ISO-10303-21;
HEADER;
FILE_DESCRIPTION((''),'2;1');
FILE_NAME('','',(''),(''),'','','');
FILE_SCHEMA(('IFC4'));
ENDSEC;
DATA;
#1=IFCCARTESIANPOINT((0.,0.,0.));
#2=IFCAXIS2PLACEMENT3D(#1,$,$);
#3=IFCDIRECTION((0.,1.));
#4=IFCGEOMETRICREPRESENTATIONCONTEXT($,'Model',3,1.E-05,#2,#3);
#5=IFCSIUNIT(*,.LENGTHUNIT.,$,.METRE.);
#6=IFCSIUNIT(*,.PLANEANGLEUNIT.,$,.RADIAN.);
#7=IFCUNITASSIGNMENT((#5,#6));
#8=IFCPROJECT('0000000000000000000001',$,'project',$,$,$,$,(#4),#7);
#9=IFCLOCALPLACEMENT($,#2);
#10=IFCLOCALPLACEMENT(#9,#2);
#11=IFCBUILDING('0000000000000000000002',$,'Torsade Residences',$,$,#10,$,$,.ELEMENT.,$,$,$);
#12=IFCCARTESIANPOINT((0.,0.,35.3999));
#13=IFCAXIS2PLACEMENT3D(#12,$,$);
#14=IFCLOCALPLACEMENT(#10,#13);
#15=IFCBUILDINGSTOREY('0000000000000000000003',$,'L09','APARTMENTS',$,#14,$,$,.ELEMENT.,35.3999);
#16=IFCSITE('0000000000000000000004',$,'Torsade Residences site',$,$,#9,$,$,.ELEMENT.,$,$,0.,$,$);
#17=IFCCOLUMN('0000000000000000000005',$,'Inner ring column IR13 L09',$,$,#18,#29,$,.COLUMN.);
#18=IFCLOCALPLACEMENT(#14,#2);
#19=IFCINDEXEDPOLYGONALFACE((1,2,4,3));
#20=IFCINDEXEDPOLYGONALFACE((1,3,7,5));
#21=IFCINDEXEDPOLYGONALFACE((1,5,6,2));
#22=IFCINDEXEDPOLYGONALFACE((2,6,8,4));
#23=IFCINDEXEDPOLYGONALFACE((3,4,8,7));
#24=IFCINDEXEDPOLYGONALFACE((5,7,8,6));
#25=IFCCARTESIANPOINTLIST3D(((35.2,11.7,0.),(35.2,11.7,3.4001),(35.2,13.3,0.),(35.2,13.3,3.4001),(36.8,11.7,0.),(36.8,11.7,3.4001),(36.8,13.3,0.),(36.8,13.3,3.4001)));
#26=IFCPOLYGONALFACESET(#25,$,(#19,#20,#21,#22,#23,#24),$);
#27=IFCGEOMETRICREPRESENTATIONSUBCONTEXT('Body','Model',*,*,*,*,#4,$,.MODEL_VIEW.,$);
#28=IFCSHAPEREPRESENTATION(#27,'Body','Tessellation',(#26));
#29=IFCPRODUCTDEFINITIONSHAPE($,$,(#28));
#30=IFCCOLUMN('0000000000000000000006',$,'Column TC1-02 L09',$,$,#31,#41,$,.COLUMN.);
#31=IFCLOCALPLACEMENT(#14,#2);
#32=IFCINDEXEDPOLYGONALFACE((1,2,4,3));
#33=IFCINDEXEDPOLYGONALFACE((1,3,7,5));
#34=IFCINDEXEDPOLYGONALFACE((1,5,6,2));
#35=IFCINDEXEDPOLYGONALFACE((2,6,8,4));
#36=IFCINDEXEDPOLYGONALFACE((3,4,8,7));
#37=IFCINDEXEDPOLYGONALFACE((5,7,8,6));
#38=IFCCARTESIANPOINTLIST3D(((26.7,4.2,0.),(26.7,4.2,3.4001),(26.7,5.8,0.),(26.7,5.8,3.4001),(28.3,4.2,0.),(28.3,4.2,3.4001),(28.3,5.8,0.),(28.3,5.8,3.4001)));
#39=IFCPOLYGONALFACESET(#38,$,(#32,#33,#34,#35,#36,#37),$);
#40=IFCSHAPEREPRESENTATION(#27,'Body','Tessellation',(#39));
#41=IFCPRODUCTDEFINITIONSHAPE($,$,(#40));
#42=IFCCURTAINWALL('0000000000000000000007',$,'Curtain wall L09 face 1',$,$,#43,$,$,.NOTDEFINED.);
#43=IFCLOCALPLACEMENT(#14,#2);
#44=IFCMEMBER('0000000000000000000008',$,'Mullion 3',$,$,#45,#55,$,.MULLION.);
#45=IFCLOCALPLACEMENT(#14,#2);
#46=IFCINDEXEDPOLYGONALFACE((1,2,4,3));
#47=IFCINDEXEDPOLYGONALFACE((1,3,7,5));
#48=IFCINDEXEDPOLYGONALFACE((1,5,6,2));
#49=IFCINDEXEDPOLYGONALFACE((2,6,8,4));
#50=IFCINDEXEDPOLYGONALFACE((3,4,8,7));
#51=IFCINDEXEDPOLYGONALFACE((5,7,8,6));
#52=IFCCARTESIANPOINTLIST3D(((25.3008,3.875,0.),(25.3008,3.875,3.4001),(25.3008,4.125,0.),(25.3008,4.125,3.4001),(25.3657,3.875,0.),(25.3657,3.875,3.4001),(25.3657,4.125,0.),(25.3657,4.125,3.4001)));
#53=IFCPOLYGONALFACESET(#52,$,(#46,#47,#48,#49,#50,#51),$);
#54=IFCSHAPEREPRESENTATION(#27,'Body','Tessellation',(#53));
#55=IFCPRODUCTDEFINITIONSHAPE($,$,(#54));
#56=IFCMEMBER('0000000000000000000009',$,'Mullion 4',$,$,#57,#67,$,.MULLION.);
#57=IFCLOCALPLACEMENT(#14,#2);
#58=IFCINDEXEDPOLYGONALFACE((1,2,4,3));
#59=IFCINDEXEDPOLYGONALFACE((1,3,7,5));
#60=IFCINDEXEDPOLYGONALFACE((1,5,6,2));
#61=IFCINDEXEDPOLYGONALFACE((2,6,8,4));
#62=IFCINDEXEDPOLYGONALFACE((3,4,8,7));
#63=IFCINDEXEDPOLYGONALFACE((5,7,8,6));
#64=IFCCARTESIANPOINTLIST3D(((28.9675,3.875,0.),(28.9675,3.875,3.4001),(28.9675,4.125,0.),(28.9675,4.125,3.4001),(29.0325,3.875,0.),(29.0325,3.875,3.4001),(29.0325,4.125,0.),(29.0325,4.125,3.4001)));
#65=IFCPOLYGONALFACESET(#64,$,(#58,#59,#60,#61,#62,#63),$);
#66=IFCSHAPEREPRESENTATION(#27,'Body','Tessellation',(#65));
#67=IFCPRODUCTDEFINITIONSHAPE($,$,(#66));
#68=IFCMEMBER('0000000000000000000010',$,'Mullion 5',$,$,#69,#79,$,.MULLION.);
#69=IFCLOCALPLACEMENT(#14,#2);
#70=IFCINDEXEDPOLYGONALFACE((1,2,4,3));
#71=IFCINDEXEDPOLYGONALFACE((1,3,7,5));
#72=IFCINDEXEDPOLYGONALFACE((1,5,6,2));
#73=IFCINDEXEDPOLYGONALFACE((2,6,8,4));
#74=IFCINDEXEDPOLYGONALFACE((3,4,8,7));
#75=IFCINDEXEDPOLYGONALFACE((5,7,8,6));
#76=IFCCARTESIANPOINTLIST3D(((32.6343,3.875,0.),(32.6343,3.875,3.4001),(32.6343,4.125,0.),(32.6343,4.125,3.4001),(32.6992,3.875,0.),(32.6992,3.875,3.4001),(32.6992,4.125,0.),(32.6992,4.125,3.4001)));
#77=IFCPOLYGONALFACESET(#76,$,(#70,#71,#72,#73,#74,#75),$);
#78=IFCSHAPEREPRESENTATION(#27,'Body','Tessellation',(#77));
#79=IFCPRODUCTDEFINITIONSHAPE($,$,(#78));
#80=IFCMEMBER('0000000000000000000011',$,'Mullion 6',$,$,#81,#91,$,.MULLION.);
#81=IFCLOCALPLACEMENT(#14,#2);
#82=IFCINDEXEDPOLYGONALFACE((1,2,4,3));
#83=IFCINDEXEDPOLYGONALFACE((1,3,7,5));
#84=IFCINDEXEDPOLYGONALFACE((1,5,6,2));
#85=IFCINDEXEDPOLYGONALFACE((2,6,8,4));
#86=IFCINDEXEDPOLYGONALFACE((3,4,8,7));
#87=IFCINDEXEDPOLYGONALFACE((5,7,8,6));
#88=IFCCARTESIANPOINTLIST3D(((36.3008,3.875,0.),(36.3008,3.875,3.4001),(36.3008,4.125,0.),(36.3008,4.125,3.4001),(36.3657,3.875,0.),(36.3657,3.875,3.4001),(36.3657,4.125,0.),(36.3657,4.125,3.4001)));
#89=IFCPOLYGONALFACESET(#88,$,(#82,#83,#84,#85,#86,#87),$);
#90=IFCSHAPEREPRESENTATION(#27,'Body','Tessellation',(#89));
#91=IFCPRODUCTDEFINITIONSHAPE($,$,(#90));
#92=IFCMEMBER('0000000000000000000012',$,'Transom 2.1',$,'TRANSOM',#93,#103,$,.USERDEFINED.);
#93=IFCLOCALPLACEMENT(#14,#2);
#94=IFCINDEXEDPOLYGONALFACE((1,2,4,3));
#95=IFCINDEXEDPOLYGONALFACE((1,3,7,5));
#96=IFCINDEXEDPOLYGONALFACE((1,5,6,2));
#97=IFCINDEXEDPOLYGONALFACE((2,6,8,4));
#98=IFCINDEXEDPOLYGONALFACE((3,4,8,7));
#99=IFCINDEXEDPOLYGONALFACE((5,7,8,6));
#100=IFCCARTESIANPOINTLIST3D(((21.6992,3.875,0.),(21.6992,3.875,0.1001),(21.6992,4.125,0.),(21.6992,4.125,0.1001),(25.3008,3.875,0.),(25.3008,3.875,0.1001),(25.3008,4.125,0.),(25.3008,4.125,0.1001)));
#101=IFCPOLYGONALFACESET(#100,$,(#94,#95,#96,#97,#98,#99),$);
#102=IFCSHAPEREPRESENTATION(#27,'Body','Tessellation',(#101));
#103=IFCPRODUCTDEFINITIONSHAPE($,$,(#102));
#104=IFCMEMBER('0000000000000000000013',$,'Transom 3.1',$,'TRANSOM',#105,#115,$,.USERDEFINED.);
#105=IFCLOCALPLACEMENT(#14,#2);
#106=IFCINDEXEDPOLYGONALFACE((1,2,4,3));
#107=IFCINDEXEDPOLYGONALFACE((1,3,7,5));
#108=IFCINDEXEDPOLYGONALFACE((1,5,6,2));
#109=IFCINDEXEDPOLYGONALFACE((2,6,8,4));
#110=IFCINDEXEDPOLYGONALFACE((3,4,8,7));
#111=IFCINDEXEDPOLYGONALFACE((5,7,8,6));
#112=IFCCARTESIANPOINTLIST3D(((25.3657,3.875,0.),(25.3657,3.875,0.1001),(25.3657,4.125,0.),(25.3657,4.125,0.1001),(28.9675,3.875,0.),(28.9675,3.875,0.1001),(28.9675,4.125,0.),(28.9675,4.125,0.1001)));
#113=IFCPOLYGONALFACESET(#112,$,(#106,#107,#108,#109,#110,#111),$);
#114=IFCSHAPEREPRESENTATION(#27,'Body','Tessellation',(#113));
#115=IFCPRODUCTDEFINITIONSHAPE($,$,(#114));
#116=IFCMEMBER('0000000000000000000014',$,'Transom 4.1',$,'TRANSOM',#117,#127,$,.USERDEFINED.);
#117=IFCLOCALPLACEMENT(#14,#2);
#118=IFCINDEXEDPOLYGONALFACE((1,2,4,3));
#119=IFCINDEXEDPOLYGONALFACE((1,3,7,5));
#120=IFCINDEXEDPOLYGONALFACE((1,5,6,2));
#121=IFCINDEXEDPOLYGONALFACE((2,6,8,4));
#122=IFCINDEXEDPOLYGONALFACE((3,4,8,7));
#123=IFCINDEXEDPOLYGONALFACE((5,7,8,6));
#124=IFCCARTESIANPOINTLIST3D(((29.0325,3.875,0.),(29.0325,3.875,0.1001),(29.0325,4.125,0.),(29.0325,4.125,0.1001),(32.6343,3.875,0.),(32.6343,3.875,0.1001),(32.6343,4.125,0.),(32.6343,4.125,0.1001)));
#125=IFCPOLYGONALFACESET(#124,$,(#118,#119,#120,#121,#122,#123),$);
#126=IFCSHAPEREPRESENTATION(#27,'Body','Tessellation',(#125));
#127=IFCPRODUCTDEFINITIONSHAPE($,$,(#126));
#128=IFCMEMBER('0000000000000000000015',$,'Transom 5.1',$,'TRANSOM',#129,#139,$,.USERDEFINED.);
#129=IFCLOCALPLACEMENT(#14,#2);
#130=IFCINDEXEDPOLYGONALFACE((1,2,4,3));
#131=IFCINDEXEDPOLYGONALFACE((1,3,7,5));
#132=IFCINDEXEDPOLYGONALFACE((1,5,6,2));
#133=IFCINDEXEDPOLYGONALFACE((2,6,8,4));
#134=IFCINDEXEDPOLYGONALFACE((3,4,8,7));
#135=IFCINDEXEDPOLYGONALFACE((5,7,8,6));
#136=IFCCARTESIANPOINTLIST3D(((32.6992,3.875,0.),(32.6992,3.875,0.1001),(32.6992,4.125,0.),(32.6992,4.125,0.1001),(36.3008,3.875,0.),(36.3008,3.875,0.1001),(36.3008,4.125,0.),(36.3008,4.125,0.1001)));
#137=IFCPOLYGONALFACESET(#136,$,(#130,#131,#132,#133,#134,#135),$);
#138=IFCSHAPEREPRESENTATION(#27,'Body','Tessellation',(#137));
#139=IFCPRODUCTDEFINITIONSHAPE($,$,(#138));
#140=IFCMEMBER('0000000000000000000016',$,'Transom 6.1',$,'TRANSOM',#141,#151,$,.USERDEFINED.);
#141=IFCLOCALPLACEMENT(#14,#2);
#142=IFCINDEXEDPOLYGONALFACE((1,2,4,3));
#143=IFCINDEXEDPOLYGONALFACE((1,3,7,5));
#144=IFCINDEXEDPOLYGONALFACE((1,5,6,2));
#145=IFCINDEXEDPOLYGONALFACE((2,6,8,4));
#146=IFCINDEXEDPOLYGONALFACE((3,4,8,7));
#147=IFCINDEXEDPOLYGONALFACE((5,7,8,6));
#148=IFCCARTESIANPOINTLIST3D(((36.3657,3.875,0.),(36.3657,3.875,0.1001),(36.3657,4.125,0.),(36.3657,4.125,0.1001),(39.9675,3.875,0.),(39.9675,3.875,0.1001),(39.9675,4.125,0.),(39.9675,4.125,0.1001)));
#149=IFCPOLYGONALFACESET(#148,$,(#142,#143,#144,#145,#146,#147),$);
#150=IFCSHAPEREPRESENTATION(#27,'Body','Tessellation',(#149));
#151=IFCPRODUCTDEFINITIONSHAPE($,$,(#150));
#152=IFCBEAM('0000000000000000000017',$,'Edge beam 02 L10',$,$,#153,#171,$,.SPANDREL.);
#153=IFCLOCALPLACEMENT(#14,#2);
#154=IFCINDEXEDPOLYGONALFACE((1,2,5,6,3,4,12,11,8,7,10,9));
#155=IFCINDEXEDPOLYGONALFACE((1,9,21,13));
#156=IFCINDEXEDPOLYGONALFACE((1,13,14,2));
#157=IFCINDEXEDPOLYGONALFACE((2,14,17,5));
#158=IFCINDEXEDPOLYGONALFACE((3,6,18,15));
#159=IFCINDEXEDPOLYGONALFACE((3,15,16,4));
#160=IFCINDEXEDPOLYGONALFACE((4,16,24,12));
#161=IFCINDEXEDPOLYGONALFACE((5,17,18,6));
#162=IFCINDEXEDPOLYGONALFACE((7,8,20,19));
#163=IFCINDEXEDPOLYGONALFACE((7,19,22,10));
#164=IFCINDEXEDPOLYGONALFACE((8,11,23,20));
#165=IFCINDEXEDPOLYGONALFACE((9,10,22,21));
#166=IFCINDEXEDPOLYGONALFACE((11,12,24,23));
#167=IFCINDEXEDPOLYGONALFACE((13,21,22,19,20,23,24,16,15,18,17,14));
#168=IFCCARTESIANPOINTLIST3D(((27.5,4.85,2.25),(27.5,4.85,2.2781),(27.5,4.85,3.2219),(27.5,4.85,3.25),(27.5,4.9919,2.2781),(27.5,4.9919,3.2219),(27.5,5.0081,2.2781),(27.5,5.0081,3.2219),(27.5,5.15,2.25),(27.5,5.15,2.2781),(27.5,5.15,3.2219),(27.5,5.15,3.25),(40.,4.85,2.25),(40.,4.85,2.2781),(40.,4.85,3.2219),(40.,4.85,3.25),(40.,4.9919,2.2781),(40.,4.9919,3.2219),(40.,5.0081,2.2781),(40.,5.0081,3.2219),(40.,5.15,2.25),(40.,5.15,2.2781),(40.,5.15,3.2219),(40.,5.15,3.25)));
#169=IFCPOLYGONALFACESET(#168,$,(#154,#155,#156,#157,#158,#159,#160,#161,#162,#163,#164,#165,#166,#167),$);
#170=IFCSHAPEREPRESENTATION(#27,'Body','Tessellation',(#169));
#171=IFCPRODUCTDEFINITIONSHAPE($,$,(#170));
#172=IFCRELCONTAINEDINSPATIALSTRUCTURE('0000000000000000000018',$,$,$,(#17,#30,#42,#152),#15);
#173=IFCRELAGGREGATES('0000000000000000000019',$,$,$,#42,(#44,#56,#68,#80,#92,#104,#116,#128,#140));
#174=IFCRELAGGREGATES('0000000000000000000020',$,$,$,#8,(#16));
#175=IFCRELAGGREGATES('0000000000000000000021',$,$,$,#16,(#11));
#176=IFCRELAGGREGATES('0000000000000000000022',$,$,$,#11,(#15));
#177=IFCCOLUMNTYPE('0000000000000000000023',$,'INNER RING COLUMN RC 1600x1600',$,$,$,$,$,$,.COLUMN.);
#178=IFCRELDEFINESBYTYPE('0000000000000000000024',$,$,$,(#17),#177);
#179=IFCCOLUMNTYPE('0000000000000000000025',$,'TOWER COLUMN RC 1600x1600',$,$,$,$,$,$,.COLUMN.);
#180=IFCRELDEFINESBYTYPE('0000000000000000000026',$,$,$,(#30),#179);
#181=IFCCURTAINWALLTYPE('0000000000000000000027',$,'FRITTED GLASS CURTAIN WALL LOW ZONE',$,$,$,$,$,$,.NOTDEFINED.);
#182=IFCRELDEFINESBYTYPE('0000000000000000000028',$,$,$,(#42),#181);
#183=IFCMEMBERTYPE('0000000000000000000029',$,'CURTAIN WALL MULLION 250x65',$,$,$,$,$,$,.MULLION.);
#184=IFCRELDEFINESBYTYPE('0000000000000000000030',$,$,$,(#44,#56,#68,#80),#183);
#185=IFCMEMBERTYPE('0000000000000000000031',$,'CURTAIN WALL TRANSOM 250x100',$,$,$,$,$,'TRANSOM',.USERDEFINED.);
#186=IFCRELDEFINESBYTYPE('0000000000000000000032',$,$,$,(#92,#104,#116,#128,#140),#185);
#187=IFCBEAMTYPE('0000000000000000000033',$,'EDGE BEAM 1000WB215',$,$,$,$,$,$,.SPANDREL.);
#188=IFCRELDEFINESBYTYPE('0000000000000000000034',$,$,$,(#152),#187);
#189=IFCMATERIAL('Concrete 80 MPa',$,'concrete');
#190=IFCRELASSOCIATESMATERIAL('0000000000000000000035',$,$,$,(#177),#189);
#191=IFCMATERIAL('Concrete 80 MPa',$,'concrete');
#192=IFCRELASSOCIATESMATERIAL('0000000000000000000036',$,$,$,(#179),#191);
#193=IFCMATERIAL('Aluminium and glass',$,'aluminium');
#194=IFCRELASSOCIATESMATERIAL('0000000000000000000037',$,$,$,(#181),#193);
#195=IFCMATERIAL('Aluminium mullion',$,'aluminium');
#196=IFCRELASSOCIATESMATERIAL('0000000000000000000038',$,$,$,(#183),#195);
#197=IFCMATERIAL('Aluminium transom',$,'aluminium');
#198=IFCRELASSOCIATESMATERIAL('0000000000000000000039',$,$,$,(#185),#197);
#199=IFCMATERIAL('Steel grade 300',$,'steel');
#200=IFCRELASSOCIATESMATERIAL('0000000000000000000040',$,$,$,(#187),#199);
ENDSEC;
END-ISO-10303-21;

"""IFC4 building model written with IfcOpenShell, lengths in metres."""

from ifc_helpers import new_model, si_unit, direction, frame, origin, origin_2d, place, context, subcontext, project, spatial, rectangle, i_section, extrude, material, material_profile, profile_set, type_object, element, aggregate, save


model = new_model("IFC4")

# Units and contexts
model_context = context("Model", 3, precision=1e-05, world=origin(), true_north=direction((0.0, 1.0)))
body_context = subcontext(model_context, "Body", "Model", "MODEL_VIEW")
ifc_project = project(units=[si_unit("LENGTHUNIT", "METRE"), si_unit("PLANEANGLEUNIT", "RADIAN")], contexts=[model_context])

# Site, building, storey
site_placement = place(None, origin())
site = spatial("IfcSite", under=ifc_project, at=site_placement, Name="Torsade Residences site", CompositionType="ELEMENT", RefElevation=0.0)
building_placement = place(site_placement, origin())
building = spatial("IfcBuilding", under=site, at=building_placement, Name="Torsade Residences", CompositionType="ELEMENT")
storey_placement = place(building_placement, frame((0.0, 0.0, 35.3999)))
storey = spatial("IfcBuildingStorey", under=building, at=storey_placement, Name="L09", Description="APARTMENTS", CompositionType="ELEMENT", Elevation=35.3999)

# Columns
ifc_material_1 = material(Name="Concrete 80 MPa", Category="concrete")
ifc_material_profile_1 = material_profile(ifc_material_1, rectangle(XDim=1.6001, YDim=1.6001, at=origin_2d()), Name="RC 1600x1600")
ifc_profile_set_1 = profile_set([ifc_material_profile_1], Name="Concrete 80 MPa")
column_type_1 = type_object("IfcColumnType", Name="INNER RING COLUMN RC 1600x1600", PredefinedType="COLUMN", material=ifc_profile_set_1)
column_1_placement = place(storey_placement, frame((36.0, 12.5, 0.0), z_axis=(0.0, 0.0, 1.0), x_axis=(1.0, 0.0, 0.0)))
element("IfcColumn", 1, at=column_1_placement, inside=storey, type_object=column_type_1, Name="Inner ring column IR13 L09", PredefinedType="COLUMN", context=body_context, shape_type="SweptSolid", body=[
    extrude(rectangle(XDim=1.6001, YDim=1.6001, at=origin_2d()), origin(), (0.0, 0.0, 1.0), 3.4001),
])
ifc_material_2 = material(Name="Concrete 80 MPa", Category="concrete")
ifc_material_profile_2 = material_profile(ifc_material_2, rectangle(XDim=1.6001, YDim=1.6001, at=origin_2d()), Name="RC 1600x1600")
ifc_profile_set_2 = profile_set([ifc_material_profile_2], Name="Concrete 80 MPa")
column_type_2 = type_object("IfcColumnType", Name="TOWER COLUMN RC 1600x1600", PredefinedType="COLUMN", material=ifc_profile_set_2)
column_2_placement = place(storey_placement, frame((27.5, 5.0, 0.0), z_axis=(0.0, 0.0, 1.0), x_axis=(1.0, 0.0, 0.0)))
element("IfcColumn", 2, at=column_2_placement, inside=storey, type_object=column_type_2, Name="Column TC1-02 L09", PredefinedType="COLUMN", context=body_context, shape_type="SweptSolid", body=[
    extrude(rectangle(XDim=1.6001, YDim=1.6001, at=origin_2d()), origin(), (0.0, 0.0, 1.0), 3.4001),
])

# Curtain wall, members
ifc_material_3 = material(Name="Aluminium and glass", Category="aluminium")
curtain_wall_type = type_object("IfcCurtainWallType", Name="FRITTED GLASS CURTAIN WALL LOW ZONE", PredefinedType="NOTDEFINED", material=ifc_material_3)
curtain_wall_placement = place(storey_placement, origin())
curtain_wall = element("IfcCurtainWall", 3, at=curtain_wall_placement, inside=storey, type_object=curtain_wall_type, Name="Curtain wall L09 face 1", PredefinedType="NOTDEFINED")
ifc_material_4 = material(Name="Aluminium mullion", Category="aluminium")
ifc_material_profile_3 = material_profile(ifc_material_4, rectangle(XDim=0.25, YDim=0.0649, at=origin_2d()), Name="CURTAIN WALL MULLION 250x65")
ifc_profile_set_3 = profile_set([ifc_material_profile_3], Name="Aluminium mullion")
member_type_1 = type_object("IfcMemberType", Name="CURTAIN WALL MULLION 250x65", PredefinedType="MULLION", material=ifc_profile_set_3)
member_1_placement = place(storey_placement, frame((25.3333, 4.0, 0.0), z_axis=(0.0, 0.0, 1.0), x_axis=(0.0, 1.0, 0.0)))
member_1 = element("IfcMember", 4, at=member_1_placement, type_object=member_type_1, Name="Mullion 3", PredefinedType="MULLION", context=body_context, shape_type="SweptSolid", body=[
    extrude(rectangle(XDim=0.25, YDim=0.0649, at=origin_2d()), origin(), (0.0, 0.0, 1.0), 3.4001),
])
member_2_placement = place(storey_placement, frame((29.0, 4.0, 0.0), z_axis=(0.0, 0.0, 1.0), x_axis=(0.0, 1.0, 0.0)))
member_2 = element("IfcMember", 5, at=member_2_placement, type_object=member_type_1, Name="Mullion 4", PredefinedType="MULLION", context=body_context, shape_type="SweptSolid", body=[
    extrude(rectangle(XDim=0.25, YDim=0.0649, at=origin_2d()), origin(), (0.0, 0.0, 1.0), 3.4001),
])
member_3_placement = place(storey_placement, frame((32.6667, 4.0, 0.0), z_axis=(0.0, 0.0, 1.0), x_axis=(0.0, 1.0, 0.0)))
member_3 = element("IfcMember", 6, at=member_3_placement, type_object=member_type_1, Name="Mullion 5", PredefinedType="MULLION", context=body_context, shape_type="SweptSolid", body=[
    extrude(rectangle(XDim=0.25, YDim=0.0649, at=origin_2d()), origin(), (0.0, 0.0, 1.0), 3.4001),
])
member_4_placement = place(storey_placement, frame((36.3333, 4.0, 0.0), z_axis=(0.0, 0.0, 1.0), x_axis=(0.0, 1.0, 0.0)))
member_4 = element("IfcMember", 7, at=member_4_placement, type_object=member_type_1, Name="Mullion 6", PredefinedType="MULLION", context=body_context, shape_type="SweptSolid", body=[
    extrude(rectangle(XDim=0.25, YDim=0.0649, at=origin_2d()), origin(), (0.0, 0.0, 1.0), 3.4001),
])
ifc_material_5 = material(Name="Aluminium transom", Category="aluminium")
ifc_material_profile_4 = material_profile(ifc_material_5, rectangle(XDim=0.25, YDim=0.1001, at=origin_2d()), Name="CURTAIN WALL TRANSOM 250x100")
ifc_profile_set_4 = profile_set([ifc_material_profile_4], Name="Aluminium transom")
member_type_2 = type_object("IfcMemberType", Name="CURTAIN WALL TRANSOM 250x100", ElementType="TRANSOM", PredefinedType="USERDEFINED", material=ifc_profile_set_4)
member_5_placement = place(storey_placement, frame((21.6992, 4.0, 0.05), z_axis=(1.0, 0.0, 0.0), x_axis=(0.0, 1.0, 0.0)))
member_5 = element("IfcMember", 8, at=member_5_placement, type_object=member_type_2, Name="Transom 2.1", ObjectType="TRANSOM", PredefinedType="USERDEFINED", context=body_context, shape_type="SweptSolid", body=[
    extrude(rectangle(XDim=0.25, YDim=0.1001, at=origin_2d()), origin(), (0.0, 0.0, 1.0), 3.6016),
])
member_6_placement = place(storey_placement, frame((25.3657, 4.0, 0.05), z_axis=(1.0, 0.0, 0.0), x_axis=(0.0, 1.0, 0.0)))
member_6 = element("IfcMember", 9, at=member_6_placement, type_object=member_type_2, Name="Transom 3.1", ObjectType="TRANSOM", PredefinedType="USERDEFINED", context=body_context, shape_type="SweptSolid", body=[
    extrude(rectangle(XDim=0.25, YDim=0.1001, at=origin_2d()), origin(), (0.0, 0.0, 1.0), 3.6018),
])
member_7_placement = place(storey_placement, frame((29.0325, 4.0, 0.05), z_axis=(1.0, 0.0, 0.0), x_axis=(0.0, 1.0, 0.0)))
member_7 = element("IfcMember", 10, at=member_7_placement, type_object=member_type_2, Name="Transom 4.1", ObjectType="TRANSOM", PredefinedType="USERDEFINED", context=body_context, shape_type="SweptSolid", body=[
    extrude(rectangle(XDim=0.25, YDim=0.1001, at=origin_2d()), origin(), (0.0, 0.0, 1.0), 3.6018),
])
member_8_placement = place(storey_placement, frame((32.6992, 4.0, 0.05), z_axis=(1.0, 0.0, 0.0), x_axis=(0.0, 1.0, 0.0)))
member_8 = element("IfcMember", 11, at=member_8_placement, type_object=member_type_2, Name="Transom 5.1", ObjectType="TRANSOM", PredefinedType="USERDEFINED", context=body_context, shape_type="SweptSolid", body=[
    extrude(rectangle(XDim=0.25, YDim=0.1001, at=origin_2d()), origin(), (0.0, 0.0, 1.0), 3.6016),
])
member_9_placement = place(storey_placement, frame((36.3657, 4.0, 0.05), z_axis=(1.0, 0.0, 0.0), x_axis=(0.0, 1.0, 0.0)))
member_9 = element("IfcMember", 12, at=member_9_placement, type_object=member_type_2, Name="Transom 6.1", ObjectType="TRANSOM", PredefinedType="USERDEFINED", context=body_context, shape_type="SweptSolid", body=[
    extrude(rectangle(XDim=0.25, YDim=0.1001, at=origin_2d()), origin(), (0.0, 0.0, 1.0), 3.6018),
])

# Beam
ifc_material_6 = material(Name="Steel grade 300", Category="steel")
ifc_material_profile_5 = material_profile(ifc_material_6, i_section(OverallWidth=0.3, OverallDepth=1.0, WebThickness=0.0161, FlangeThickness=0.0281, at=origin_2d()), Name="1000WB215")
ifc_profile_set_5 = profile_set([ifc_material_profile_5], Name="Steel grade 300")
beam_type_1 = type_object("IfcBeamType", Name="EDGE BEAM 1000WB215", PredefinedType="SPANDREL", material=ifc_profile_set_5)
beam_1_placement = place(storey_placement, frame((27.5, 5.0, 2.75), z_axis=(1.0, 0.0, 0.0), x_axis=(0.0, 1.0, 0.0)))
element("IfcBeam", 13, at=beam_1_placement, inside=storey, type_object=beam_type_1, Name="Edge beam 02 L10", PredefinedType="SPANDREL", context=body_context, shape_type="SweptSolid", body=[
    extrude(i_section(OverallWidth=0.3, OverallDepth=1.0, WebThickness=0.0161, FlangeThickness=0.0281, at=origin_2d()), origin(), (0.0, 0.0, 1.0), 12.5),
])

aggregate(curtain_wall, [member_1, member_2, member_3, member_4, member_5, member_6, member_7, member_8, member_9])

save(model, "model.ifc")
